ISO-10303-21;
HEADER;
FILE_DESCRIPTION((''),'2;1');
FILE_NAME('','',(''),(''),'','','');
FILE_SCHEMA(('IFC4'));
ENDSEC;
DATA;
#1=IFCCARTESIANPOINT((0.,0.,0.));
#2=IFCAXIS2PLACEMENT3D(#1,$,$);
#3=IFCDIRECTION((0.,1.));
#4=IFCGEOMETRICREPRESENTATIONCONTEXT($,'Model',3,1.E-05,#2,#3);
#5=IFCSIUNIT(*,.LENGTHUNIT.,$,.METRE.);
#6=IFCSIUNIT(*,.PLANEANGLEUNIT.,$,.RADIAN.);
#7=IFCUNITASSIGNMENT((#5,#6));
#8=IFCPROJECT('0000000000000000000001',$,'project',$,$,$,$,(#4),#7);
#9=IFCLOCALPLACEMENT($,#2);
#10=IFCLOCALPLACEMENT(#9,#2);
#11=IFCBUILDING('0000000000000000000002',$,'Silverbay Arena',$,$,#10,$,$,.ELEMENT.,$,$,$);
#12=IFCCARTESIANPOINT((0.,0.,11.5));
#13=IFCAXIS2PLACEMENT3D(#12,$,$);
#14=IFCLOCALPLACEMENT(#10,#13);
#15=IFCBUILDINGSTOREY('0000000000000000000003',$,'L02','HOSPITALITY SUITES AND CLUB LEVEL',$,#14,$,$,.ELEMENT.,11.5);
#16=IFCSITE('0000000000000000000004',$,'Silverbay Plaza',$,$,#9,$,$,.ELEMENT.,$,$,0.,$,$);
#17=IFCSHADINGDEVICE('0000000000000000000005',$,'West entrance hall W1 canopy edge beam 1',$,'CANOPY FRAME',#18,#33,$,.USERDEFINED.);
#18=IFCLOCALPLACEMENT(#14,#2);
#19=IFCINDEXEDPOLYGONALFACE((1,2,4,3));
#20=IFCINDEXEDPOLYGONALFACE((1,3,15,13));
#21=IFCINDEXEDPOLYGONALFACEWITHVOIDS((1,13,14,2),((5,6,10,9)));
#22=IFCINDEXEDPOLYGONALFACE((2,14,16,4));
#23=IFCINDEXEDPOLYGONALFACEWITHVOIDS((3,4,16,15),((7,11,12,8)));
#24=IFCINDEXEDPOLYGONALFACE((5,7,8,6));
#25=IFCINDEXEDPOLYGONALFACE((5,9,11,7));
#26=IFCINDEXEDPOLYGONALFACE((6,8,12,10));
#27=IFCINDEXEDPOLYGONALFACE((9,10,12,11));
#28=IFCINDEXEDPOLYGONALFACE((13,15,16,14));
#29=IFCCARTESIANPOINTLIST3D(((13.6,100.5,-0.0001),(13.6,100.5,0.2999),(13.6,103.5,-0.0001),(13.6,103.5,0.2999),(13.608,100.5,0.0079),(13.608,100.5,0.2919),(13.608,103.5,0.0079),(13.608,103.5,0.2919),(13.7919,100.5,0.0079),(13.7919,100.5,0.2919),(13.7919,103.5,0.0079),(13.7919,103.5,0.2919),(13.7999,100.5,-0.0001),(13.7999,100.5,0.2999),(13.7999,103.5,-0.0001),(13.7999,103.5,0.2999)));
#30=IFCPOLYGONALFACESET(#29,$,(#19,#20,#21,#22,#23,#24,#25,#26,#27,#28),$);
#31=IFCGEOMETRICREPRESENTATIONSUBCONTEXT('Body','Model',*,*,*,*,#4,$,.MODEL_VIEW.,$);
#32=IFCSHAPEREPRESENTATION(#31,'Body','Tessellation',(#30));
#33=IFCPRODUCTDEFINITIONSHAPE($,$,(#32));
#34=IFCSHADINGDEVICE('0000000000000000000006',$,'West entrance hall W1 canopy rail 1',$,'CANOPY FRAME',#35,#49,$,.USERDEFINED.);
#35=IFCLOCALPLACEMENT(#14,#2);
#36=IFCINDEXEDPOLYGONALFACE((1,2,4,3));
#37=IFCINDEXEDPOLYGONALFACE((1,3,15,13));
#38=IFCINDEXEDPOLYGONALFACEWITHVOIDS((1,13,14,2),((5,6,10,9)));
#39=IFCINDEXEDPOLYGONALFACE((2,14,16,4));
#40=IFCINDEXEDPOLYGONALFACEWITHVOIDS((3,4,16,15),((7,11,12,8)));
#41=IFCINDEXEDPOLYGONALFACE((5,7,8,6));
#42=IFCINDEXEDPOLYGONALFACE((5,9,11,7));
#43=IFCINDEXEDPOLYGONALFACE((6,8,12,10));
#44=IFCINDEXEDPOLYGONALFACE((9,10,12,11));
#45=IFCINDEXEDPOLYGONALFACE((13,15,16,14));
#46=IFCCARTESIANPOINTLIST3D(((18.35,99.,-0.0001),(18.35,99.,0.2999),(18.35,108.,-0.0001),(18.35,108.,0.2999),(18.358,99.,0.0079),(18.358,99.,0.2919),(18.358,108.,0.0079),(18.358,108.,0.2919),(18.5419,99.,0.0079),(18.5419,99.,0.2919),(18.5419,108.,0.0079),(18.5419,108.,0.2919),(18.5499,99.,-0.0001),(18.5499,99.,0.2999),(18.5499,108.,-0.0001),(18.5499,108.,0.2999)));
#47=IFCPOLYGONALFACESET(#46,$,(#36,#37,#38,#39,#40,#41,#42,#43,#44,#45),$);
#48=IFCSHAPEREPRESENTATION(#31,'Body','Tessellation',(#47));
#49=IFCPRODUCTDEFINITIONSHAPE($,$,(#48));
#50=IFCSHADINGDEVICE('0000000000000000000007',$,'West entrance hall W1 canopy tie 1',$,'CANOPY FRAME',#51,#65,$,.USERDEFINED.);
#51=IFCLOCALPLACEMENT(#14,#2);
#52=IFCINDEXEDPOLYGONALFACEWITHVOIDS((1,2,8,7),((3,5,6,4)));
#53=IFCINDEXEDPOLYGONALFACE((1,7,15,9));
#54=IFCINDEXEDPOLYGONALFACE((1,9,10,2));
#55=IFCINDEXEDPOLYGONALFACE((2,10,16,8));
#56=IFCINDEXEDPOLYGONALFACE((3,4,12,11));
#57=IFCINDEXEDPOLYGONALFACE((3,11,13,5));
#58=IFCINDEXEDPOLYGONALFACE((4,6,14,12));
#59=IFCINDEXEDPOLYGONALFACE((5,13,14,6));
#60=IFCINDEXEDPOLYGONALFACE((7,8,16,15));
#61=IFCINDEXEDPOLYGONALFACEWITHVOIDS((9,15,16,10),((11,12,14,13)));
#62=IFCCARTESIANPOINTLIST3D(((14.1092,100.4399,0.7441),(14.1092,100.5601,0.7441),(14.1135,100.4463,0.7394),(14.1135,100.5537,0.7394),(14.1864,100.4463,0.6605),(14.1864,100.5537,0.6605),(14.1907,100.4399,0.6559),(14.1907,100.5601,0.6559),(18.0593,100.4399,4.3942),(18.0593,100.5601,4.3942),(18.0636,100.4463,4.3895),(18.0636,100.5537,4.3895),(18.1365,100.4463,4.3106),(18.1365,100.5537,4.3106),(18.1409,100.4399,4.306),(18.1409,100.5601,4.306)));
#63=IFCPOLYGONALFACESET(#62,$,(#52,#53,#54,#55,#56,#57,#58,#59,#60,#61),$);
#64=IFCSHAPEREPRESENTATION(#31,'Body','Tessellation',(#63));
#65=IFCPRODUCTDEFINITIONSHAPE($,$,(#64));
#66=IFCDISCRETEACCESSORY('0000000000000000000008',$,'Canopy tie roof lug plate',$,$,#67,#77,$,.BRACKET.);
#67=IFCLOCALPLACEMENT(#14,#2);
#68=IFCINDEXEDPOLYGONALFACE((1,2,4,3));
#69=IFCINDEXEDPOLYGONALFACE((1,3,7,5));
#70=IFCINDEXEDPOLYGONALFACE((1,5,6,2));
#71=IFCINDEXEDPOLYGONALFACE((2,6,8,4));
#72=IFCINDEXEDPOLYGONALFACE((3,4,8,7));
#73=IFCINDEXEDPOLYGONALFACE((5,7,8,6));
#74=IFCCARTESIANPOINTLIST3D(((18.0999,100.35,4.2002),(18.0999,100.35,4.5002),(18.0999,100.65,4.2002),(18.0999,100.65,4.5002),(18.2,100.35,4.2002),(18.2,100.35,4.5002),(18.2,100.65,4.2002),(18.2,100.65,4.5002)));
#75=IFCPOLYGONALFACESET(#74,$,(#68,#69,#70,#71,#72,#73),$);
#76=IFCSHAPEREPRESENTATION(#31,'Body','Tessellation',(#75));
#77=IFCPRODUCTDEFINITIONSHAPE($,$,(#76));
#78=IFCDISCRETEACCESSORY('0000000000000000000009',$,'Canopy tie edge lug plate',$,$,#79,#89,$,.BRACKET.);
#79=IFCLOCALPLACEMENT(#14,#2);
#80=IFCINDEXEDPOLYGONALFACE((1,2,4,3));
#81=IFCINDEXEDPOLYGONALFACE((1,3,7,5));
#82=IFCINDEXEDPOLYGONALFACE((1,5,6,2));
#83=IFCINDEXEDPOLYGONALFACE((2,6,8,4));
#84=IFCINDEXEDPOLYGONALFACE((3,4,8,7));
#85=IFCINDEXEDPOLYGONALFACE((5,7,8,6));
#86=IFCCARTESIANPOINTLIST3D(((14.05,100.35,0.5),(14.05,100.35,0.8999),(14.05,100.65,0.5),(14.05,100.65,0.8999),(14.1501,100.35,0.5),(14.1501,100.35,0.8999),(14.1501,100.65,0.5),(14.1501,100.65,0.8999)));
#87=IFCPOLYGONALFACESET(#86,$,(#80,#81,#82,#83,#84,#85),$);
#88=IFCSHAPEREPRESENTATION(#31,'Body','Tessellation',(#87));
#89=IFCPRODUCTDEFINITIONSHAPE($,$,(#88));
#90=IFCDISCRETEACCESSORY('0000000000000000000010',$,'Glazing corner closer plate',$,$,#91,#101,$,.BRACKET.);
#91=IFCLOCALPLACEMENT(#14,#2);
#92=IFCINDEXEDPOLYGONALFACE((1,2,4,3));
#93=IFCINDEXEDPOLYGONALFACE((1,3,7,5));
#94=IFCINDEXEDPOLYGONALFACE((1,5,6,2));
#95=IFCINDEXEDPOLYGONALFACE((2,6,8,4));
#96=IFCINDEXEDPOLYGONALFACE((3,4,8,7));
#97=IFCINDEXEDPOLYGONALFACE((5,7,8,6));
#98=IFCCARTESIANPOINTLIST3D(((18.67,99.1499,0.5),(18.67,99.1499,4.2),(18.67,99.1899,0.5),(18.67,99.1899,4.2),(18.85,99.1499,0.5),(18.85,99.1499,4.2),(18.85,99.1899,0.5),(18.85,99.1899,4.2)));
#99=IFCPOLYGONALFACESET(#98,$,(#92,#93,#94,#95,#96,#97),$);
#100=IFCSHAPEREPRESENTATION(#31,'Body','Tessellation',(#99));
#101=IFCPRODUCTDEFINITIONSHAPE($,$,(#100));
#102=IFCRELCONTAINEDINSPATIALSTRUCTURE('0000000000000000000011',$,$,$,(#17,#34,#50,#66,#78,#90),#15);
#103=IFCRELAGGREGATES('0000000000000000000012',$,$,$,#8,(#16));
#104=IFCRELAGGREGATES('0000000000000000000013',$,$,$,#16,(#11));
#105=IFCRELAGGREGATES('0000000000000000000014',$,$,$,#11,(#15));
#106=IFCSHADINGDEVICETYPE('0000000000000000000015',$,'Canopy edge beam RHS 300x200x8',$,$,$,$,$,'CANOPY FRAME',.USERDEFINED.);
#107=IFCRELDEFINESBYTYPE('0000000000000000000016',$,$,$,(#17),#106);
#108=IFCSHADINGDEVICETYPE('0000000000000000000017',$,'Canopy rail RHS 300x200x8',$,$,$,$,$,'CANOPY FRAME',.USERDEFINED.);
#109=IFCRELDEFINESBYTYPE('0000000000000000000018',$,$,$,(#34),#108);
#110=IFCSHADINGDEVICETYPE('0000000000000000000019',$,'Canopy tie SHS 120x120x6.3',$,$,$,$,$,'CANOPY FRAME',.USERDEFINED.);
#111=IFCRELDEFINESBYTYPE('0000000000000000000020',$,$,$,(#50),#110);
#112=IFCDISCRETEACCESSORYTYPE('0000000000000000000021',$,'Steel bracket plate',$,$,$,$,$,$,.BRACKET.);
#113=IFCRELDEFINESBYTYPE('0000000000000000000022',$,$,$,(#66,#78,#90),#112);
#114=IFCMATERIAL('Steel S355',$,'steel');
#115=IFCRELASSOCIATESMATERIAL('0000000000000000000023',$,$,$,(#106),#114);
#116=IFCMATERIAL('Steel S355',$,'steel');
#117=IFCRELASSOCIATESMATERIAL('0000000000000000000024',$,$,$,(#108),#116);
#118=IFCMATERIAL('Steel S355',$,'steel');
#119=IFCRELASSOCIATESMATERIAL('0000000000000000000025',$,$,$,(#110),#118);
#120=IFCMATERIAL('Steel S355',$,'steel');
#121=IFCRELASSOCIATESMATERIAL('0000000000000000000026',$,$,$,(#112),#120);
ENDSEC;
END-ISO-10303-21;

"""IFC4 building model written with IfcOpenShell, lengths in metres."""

from ifc_helpers import new_model, si_unit, direction, frame, origin, origin_2d, place, context, subcontext, project, spatial, rectangle, hollow_rectangle, extrude, material, material_profile, profile_set, type_object, element, save


model = new_model("IFC4")

# Units and contexts
model_context = context("Model", 3, precision=1e-05, world=origin(), true_north=direction((0.0, 1.0)))
body_context = subcontext(model_context, "Body", "Model", "MODEL_VIEW")
ifc_project = project(units=[si_unit("LENGTHUNIT", "METRE"), si_unit("PLANEANGLEUNIT", "RADIAN")], contexts=[model_context])

# Site, building, storey
site_placement = place(None, origin())
site = spatial("IfcSite", under=ifc_project, at=site_placement, Name="Silverbay Plaza", CompositionType="ELEMENT", RefElevation=0.0)
building_placement = place(site_placement, origin())
building = spatial("IfcBuilding", under=site, at=building_placement, Name="Silverbay Arena", CompositionType="ELEMENT")
storey_placement = place(building_placement, frame((0.0, 0.0, 11.5)))
storey = spatial("IfcBuildingStorey", under=building, at=storey_placement, Name="L02", Description="HOSPITALITY SUITES AND CLUB LEVEL", CompositionType="ELEMENT", Elevation=11.5)

# Shading devices
ifc_material_1 = material(Name="Steel S355", Category="steel")
ifc_material_profile_1 = material_profile(ifc_material_1, hollow_rectangle(XDim=0.2, YDim=0.3, WallThickness=0.0081, at=origin_2d()), Name="RHS 300x200x8")
ifc_profile_set_1 = profile_set([ifc_material_profile_1], Name="Steel S355")
shading_device_type_1 = type_object("IfcShadingDeviceType", Name="Canopy edge beam RHS 300x200x8", ElementType="CANOPY FRAME", PredefinedType="USERDEFINED", material=ifc_profile_set_1)
shading_device_1_placement = place(storey_placement, frame((13.7, 100.5, 0.1499), z_axis=(0.0, 1.0, 0.0), x_axis=(-1.0, 0.0, 0.0)))
element("IfcShadingDevice", 1, at=shading_device_1_placement, inside=storey, type_object=shading_device_type_1, Name="West entrance hall W1 canopy edge beam 1", ObjectType="CANOPY FRAME", PredefinedType="USERDEFINED", context=body_context, shape_type="SweptSolid", body=[
    extrude(hollow_rectangle(XDim=0.2, YDim=0.3, WallThickness=0.0081, at=origin_2d()), origin(), (0.0, 0.0, 1.0), 3.0),
])
ifc_material_2 = material(Name="Steel S355", Category="steel")
ifc_material_profile_2 = material_profile(ifc_material_2, hollow_rectangle(XDim=0.2, YDim=0.3, WallThickness=0.0081, at=origin_2d()), Name="RHS 300x200x8")
ifc_profile_set_2 = profile_set([ifc_material_profile_2], Name="Steel S355")
shading_device_type_2 = type_object("IfcShadingDeviceType", Name="Canopy rail RHS 300x200x8", ElementType="CANOPY FRAME", PredefinedType="USERDEFINED", material=ifc_profile_set_2)
shading_device_2_placement = place(storey_placement, frame((18.45, 99.0, 0.1499), z_axis=(0.0, 1.0, 0.0), x_axis=(-1.0, 0.0, 0.0)))
element("IfcShadingDevice", 2, at=shading_device_2_placement, inside=storey, type_object=shading_device_type_2, Name="West entrance hall W1 canopy rail 1", ObjectType="CANOPY FRAME", PredefinedType="USERDEFINED", context=body_context, shape_type="SweptSolid", body=[
    extrude(hollow_rectangle(XDim=0.2, YDim=0.3, WallThickness=0.0081, at=origin_2d()), origin(), (0.0, 0.0, 1.0), 9.0),
])
ifc_material_3 = material(Name="Steel S355", Category="steel")
ifc_material_profile_3 = material_profile(ifc_material_3, hollow_rectangle(XDim=0.1201, YDim=0.1201, WallThickness=0.0063, at=origin_2d()), Name="SHS 120x120x6.3")
ifc_profile_set_3 = profile_set([ifc_material_profile_3], Name="Steel S355")
shading_device_type_3 = type_object("IfcShadingDeviceType", Name="Canopy tie SHS 120x120x6.3", ElementType="CANOPY FRAME", PredefinedType="USERDEFINED", material=ifc_profile_set_3)
shading_device_3_placement = place(storey_placement, frame((18.1001, 100.5, 4.3501), z_axis=(-0.73445, 0.0, -0.678663), x_axis=(0.0, -1.0, 0.0)))
element("IfcShadingDevice", 3, at=shading_device_3_placement, inside=storey, type_object=shading_device_type_3, Name="West entrance hall W1 canopy tie 1", ObjectType="CANOPY FRAME", PredefinedType="USERDEFINED", context=body_context, shape_type="SweptSolid", body=[
    extrude(hollow_rectangle(XDim=0.1201, YDim=0.1201, WallThickness=0.0063, at=origin_2d()), origin(), (0.0, 0.0, 1.0), 5.3784),
])

# Discrete accessories
ifc_material_4 = material(Name="Steel S355", Category="steel")
discrete_accessory_type = type_object("IfcDiscreteAccessoryType", Name="Steel bracket plate", PredefinedType="BRACKET", material=ifc_material_4)
discrete_accessory_1_placement = place(storey_placement, frame((18.1499, 100.5, 4.2002), z_axis=(0.0, 0.0, 1.0), x_axis=(1.0, 0.0, 0.0)))
element("IfcDiscreteAccessory", 4, at=discrete_accessory_1_placement, inside=storey, type_object=discrete_accessory_type, Name="Canopy tie roof lug plate", PredefinedType="BRACKET", context=body_context, shape_type="SweptSolid", body=[
    extrude(rectangle(XDim=0.1001, YDim=0.3, at=origin_2d()), origin(), (0.0, 0.0, 1.0), 0.3),
])
discrete_accessory_2_placement = place(storey_placement, frame((14.1001, 100.5, 0.5), z_axis=(0.0, 0.0, 1.0), x_axis=(1.0, 0.0, 0.0)))
element("IfcDiscreteAccessory", 5, at=discrete_accessory_2_placement, inside=storey, type_object=discrete_accessory_type, Name="Canopy tie edge lug plate", PredefinedType="BRACKET", context=body_context, shape_type="SweptSolid", body=[
    extrude(rectangle(XDim=0.1001, YDim=0.3, at=origin_2d()), origin(), (0.0, 0.0, 1.0), 0.3999),
])
discrete_accessory_3_placement = place(storey_placement, frame((18.76, 99.1699, 0.5), z_axis=(0.0, 0.0, 1.0), x_axis=(1.0, 0.0, 0.0)))
element("IfcDiscreteAccessory", 6, at=discrete_accessory_3_placement, inside=storey, type_object=discrete_accessory_type, Name="Glazing corner closer plate", PredefinedType="BRACKET", context=body_context, shape_type="SweptSolid", body=[
    extrude(rectangle(XDim=0.1799, YDim=0.04, at=origin_2d()), origin(), (0.0, 0.0, 1.0), 3.7),
])

save(model, "model.ifc")
